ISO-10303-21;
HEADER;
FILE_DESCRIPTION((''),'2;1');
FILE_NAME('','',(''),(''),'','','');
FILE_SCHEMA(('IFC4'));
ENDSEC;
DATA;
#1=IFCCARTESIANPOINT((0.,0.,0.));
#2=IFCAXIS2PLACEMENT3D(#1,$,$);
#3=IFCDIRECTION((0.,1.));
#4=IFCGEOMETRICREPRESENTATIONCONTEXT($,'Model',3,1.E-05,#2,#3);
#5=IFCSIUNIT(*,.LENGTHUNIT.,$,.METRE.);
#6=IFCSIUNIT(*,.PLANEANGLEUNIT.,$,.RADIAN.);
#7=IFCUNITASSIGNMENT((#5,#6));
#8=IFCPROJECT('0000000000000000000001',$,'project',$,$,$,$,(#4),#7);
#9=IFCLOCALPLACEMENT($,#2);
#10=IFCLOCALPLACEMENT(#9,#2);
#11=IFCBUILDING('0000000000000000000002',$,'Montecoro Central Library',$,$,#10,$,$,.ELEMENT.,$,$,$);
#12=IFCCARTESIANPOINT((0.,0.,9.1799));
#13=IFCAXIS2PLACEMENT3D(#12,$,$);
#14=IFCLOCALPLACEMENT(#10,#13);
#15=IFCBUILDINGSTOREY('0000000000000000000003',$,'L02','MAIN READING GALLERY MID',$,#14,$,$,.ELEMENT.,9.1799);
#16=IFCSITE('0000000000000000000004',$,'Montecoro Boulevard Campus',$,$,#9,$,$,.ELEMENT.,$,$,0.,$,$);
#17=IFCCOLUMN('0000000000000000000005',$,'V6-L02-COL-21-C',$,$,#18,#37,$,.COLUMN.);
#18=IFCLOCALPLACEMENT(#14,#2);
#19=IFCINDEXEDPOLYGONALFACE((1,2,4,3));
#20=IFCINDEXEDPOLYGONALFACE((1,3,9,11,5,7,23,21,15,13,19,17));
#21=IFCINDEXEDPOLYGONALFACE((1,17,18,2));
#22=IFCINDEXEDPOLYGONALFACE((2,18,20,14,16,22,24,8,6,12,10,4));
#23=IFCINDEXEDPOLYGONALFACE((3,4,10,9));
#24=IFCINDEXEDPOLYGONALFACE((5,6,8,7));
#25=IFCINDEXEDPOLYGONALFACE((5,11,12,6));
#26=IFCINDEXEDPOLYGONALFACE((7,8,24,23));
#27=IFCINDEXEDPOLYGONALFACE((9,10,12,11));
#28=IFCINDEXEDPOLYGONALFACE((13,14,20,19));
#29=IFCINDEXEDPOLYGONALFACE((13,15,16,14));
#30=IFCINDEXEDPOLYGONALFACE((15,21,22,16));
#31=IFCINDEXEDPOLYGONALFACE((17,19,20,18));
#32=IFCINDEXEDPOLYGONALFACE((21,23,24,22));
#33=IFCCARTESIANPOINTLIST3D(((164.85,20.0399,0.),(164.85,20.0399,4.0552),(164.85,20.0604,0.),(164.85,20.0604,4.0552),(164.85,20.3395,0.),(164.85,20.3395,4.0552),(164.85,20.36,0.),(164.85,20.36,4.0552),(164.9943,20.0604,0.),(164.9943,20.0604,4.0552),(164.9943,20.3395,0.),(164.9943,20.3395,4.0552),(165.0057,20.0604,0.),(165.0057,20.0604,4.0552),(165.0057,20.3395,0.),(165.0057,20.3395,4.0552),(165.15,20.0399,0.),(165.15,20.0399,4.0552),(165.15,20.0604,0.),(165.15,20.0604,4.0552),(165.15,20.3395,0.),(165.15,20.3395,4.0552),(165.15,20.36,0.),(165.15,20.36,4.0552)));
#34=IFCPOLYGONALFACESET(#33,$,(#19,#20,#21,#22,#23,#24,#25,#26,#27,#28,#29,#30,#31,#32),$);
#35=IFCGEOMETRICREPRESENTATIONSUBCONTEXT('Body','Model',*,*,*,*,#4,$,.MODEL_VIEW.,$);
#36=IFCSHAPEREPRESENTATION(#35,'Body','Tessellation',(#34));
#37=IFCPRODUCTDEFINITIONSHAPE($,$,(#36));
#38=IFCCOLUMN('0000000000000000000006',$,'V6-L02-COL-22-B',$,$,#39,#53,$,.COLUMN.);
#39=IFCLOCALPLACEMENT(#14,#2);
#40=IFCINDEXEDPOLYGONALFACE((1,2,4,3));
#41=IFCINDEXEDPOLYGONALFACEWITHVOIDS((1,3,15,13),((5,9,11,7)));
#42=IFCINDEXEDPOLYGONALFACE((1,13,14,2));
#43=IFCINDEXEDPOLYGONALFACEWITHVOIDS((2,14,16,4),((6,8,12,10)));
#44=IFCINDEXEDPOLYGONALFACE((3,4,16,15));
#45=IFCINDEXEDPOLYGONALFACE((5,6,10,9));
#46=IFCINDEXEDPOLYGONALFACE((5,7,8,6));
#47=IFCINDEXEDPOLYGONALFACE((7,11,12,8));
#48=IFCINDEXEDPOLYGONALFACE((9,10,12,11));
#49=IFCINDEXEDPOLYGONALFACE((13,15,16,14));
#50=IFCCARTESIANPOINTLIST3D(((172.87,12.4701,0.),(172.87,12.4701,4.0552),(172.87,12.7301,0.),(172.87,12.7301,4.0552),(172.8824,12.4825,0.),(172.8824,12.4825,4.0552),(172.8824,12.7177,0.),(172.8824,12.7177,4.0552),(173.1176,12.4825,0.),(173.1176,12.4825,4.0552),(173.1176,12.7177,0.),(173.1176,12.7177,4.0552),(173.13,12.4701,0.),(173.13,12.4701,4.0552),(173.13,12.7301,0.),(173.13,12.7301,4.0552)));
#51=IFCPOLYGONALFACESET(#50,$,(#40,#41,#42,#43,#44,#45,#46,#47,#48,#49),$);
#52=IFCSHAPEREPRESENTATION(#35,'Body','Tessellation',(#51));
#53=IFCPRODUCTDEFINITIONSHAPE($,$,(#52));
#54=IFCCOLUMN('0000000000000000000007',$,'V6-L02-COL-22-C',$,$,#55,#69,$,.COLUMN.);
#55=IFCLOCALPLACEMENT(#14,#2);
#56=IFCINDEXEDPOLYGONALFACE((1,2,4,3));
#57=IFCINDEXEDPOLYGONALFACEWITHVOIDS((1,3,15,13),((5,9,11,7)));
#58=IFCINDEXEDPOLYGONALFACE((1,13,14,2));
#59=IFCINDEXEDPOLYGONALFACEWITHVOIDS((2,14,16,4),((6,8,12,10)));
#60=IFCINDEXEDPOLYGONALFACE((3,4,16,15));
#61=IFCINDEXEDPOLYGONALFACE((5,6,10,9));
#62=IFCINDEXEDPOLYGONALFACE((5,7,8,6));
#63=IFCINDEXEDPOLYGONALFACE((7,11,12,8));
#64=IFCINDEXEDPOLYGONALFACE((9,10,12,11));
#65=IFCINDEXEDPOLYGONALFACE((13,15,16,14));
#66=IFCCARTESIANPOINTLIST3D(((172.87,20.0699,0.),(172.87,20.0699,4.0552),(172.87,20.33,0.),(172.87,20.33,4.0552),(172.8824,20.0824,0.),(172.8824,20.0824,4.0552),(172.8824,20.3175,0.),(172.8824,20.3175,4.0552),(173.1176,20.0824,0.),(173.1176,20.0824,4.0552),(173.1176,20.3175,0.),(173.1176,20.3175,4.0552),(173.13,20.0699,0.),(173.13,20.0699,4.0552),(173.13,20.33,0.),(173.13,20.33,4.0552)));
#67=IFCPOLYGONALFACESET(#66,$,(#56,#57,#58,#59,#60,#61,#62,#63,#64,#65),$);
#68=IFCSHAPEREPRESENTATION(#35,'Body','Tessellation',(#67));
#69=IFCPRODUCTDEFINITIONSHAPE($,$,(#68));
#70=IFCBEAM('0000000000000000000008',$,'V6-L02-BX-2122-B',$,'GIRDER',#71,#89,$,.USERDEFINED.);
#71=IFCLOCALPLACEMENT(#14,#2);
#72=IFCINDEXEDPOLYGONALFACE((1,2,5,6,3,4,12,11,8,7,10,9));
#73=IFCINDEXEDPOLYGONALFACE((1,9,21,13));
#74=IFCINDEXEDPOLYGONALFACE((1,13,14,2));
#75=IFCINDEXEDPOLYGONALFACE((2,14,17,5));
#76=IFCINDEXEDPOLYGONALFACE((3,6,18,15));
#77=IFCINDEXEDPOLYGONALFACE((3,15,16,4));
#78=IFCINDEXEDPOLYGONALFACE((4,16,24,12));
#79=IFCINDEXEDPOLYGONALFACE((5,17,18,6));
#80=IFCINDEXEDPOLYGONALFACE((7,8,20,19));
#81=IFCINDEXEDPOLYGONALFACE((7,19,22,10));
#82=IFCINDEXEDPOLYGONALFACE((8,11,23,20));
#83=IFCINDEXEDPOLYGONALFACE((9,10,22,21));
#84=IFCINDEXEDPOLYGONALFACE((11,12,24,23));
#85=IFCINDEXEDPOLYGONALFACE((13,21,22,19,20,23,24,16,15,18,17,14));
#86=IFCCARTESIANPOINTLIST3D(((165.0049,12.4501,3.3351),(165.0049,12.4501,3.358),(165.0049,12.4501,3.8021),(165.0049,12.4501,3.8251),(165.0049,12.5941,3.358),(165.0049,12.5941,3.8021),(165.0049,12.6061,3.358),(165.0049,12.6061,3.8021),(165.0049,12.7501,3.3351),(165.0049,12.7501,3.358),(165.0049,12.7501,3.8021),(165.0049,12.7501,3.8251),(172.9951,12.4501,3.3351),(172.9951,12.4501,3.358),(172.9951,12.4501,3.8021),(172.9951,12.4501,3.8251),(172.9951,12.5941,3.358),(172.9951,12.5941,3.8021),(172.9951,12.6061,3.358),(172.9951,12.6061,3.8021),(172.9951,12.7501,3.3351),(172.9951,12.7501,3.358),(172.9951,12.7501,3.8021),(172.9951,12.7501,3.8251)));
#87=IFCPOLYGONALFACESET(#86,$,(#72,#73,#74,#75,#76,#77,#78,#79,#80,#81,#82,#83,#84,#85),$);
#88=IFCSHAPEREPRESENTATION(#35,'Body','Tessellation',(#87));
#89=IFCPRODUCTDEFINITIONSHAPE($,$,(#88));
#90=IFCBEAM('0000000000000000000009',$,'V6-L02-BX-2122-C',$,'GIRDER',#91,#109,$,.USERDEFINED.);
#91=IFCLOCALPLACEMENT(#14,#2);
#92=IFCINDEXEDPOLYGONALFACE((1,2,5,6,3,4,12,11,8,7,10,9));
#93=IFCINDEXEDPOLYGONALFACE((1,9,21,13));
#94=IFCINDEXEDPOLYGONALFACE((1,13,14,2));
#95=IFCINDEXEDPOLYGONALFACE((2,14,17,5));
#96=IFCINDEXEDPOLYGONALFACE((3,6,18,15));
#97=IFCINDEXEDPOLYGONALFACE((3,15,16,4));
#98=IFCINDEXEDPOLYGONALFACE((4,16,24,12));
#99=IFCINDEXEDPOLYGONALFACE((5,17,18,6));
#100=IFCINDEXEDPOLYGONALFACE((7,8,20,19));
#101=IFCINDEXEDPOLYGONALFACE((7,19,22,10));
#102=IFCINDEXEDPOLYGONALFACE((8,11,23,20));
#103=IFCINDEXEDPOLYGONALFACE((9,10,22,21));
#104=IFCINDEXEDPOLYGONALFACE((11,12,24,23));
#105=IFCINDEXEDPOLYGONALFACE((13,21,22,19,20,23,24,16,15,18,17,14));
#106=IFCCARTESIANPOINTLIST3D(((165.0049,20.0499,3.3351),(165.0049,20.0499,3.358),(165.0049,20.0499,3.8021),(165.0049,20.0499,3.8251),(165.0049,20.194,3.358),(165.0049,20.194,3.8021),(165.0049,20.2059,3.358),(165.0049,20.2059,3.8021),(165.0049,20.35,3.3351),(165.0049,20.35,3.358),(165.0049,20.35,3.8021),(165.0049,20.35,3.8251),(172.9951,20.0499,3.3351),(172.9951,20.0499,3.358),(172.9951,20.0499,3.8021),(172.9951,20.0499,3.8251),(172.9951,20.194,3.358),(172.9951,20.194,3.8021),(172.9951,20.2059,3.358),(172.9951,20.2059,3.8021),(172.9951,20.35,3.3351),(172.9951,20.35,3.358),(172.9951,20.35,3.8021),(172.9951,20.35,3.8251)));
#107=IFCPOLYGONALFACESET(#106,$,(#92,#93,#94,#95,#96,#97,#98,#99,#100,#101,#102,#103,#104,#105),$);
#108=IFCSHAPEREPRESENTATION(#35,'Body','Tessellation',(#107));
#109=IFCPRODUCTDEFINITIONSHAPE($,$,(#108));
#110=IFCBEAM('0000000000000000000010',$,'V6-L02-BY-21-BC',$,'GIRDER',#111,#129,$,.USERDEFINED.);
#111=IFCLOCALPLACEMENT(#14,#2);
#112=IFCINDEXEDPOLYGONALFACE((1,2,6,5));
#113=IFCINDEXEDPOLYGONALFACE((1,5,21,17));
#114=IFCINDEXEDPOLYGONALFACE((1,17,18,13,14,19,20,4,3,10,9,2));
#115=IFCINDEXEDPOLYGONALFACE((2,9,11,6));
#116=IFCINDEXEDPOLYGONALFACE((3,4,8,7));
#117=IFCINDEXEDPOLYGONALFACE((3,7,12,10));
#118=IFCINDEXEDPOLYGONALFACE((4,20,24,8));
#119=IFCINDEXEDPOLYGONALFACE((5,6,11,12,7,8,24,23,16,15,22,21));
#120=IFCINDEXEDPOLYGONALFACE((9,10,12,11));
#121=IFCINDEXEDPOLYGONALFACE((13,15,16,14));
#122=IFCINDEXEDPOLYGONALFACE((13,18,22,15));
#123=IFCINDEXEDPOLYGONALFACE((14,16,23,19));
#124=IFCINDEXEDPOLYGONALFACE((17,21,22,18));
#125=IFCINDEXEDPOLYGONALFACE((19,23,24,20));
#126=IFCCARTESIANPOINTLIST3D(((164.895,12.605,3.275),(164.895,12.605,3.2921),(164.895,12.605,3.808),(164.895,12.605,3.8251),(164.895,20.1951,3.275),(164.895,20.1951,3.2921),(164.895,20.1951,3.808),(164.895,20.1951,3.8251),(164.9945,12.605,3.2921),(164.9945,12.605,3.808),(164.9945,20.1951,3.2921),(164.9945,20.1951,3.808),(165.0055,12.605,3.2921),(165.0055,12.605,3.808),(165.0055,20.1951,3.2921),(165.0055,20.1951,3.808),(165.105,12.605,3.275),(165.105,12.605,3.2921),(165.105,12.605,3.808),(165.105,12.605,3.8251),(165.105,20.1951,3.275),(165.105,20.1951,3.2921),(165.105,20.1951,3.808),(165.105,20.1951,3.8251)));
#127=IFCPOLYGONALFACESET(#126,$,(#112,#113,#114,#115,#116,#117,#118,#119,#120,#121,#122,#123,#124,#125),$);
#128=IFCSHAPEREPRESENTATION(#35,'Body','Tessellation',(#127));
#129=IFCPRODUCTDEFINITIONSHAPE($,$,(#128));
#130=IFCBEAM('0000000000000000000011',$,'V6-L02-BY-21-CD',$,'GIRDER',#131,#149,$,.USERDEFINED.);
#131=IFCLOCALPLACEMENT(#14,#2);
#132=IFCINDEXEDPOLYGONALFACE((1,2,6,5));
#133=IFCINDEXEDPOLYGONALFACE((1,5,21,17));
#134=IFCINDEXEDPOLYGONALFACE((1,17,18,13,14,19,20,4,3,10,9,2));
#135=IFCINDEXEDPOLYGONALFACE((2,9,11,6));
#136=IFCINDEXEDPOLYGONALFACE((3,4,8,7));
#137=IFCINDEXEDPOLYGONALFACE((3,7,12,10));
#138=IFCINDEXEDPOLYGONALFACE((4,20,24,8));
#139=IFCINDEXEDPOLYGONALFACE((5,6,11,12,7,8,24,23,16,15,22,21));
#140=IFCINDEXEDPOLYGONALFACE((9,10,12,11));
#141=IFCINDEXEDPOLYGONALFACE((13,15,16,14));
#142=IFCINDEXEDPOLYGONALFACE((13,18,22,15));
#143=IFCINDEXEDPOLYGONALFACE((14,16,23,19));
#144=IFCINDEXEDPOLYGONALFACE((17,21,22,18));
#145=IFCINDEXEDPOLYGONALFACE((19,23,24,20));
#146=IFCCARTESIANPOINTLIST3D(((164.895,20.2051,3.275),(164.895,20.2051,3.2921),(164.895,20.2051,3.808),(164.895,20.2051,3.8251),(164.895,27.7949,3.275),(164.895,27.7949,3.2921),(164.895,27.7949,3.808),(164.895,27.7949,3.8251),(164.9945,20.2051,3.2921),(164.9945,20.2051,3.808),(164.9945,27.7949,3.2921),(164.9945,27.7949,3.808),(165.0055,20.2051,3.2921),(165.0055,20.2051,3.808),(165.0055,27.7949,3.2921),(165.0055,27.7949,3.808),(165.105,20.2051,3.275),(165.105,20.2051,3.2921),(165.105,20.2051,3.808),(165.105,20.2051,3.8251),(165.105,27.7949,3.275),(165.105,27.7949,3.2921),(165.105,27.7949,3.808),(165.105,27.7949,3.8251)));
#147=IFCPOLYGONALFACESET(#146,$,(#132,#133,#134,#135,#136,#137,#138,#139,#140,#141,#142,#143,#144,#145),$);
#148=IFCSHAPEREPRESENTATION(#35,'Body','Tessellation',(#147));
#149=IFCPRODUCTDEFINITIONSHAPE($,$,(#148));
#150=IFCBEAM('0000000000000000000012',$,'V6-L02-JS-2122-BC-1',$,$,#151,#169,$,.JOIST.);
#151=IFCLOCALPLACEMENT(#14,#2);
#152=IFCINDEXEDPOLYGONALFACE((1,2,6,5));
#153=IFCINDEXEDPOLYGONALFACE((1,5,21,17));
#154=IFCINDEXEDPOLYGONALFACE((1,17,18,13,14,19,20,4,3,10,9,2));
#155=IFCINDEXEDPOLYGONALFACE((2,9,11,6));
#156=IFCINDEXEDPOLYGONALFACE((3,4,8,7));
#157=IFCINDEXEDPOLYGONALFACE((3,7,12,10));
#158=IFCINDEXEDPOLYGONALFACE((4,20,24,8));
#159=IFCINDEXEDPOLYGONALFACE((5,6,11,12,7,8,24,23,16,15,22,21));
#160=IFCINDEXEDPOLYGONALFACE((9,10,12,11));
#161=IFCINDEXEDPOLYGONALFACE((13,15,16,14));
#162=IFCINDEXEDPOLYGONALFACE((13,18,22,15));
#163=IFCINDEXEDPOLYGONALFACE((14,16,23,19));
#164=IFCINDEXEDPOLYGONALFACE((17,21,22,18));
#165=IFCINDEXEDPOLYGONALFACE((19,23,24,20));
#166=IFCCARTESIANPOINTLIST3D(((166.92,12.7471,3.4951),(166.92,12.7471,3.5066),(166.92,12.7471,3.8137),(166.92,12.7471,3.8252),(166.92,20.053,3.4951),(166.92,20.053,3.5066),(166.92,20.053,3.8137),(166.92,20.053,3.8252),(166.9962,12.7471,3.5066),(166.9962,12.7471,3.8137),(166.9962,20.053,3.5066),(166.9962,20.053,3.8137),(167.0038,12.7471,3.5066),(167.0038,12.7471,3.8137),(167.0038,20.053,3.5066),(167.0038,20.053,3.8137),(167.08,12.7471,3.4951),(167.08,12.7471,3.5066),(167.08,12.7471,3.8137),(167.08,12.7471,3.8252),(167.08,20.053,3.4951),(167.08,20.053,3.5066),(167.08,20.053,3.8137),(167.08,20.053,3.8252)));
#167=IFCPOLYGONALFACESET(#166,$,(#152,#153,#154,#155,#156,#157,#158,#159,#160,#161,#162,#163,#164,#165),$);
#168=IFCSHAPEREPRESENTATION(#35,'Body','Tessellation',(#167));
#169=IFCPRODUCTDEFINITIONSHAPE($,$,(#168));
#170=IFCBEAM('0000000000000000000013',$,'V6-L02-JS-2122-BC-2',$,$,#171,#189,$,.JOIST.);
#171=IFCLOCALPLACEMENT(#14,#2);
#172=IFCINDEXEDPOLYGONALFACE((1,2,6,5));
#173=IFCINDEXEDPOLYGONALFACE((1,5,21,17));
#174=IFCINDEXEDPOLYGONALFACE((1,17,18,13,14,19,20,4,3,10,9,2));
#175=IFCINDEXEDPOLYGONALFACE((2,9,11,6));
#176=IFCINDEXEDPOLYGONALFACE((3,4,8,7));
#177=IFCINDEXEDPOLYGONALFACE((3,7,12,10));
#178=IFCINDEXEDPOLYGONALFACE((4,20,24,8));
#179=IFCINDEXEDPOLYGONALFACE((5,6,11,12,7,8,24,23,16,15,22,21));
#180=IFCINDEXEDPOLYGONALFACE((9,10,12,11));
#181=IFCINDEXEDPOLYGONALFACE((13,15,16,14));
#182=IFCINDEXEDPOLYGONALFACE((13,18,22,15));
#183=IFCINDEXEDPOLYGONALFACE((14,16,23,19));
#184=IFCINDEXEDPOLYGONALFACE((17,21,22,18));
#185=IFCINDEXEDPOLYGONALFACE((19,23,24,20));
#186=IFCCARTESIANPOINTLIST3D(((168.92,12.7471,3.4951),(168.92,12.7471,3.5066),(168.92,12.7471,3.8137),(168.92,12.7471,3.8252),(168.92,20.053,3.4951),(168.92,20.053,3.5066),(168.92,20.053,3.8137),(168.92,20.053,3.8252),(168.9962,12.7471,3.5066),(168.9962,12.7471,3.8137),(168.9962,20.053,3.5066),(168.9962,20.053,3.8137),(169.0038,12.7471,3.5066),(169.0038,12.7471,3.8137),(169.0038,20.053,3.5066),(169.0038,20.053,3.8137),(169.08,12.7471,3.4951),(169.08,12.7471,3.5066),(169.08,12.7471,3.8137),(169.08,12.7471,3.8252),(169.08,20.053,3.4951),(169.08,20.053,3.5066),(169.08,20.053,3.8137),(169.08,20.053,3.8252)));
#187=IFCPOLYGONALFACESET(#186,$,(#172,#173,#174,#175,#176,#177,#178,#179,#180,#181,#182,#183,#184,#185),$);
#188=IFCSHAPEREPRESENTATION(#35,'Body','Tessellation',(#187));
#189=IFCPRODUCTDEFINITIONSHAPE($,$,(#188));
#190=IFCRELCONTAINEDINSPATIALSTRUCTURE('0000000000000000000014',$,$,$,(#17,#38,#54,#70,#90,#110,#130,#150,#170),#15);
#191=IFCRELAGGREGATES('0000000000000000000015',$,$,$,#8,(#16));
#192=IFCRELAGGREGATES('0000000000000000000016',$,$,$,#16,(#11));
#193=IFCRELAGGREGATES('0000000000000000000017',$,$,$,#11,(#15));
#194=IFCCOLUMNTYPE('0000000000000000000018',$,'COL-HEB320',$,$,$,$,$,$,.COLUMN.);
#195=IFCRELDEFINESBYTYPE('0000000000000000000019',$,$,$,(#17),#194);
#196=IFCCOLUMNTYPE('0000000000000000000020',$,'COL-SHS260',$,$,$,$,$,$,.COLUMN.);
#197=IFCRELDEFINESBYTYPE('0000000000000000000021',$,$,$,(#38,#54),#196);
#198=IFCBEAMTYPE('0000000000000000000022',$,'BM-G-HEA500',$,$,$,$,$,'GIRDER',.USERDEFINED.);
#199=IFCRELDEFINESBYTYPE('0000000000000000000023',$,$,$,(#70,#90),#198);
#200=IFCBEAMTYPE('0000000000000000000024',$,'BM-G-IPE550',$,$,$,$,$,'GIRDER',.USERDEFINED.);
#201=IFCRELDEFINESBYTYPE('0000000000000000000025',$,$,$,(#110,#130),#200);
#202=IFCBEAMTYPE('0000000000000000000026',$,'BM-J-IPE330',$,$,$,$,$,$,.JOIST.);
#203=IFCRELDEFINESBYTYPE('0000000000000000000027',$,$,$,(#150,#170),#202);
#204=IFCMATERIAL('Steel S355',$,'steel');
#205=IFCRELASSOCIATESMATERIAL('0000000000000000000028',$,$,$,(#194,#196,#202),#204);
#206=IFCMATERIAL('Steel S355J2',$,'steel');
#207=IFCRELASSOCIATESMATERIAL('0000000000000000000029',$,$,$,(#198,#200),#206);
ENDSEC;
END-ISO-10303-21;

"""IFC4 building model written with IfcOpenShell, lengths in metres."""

from ifc_helpers import new_model, si_unit, direction, frame, origin, origin_2d, place, context, subcontext, project, spatial, hollow_rectangle, i_section, extrude, material, material_profile, profile_set, type_object, element, save


model = new_model("IFC4")

# Units and contexts
model_context = context("Model", 3, precision=1e-05, world=origin(), true_north=direction((0.0, 1.0)))
body_context = subcontext(model_context, "Body", "Model", "MODEL_VIEW")
ifc_project = project(units=[si_unit("LENGTHUNIT", "METRE"), si_unit("PLANEANGLEUNIT", "RADIAN")], contexts=[model_context])

# Site, building, storey
site_placement = place(None, origin())
site = spatial("IfcSite", under=ifc_project, at=site_placement, Name="Montecoro Boulevard Campus", CompositionType="ELEMENT", RefElevation=0.0)
building_placement = place(site_placement, origin())
building = spatial("IfcBuilding", under=site, at=building_placement, Name="Montecoro Central Library", CompositionType="ELEMENT")
storey_placement = place(building_placement, frame((0.0, 0.0, 9.1799)))
storey = spatial("IfcBuildingStorey", under=building, at=storey_placement, Name="L02", Description="MAIN READING GALLERY MID", CompositionType="ELEMENT", Elevation=9.1799)

# Columns
ifc_material_1 = material(Name="Steel S355", Category="steel")
ifc_material_profile_1 = material_profile(ifc_material_1, i_section(OverallWidth=0.3, OverallDepth=0.3201, WebThickness=0.0115, FlangeThickness=0.0205, at=origin_2d()), Name="HEB 320")
ifc_profile_set_1 = profile_set([ifc_material_profile_1], Name="Steel S355")
column_type_1 = type_object("IfcColumnType", Name="COL-HEB320", PredefinedType="COLUMN", material=ifc_profile_set_1)
column_placement = place(storey_placement, frame((165.0, 20.2, 0.0), z_axis=(0.0, 0.0, 1.0), x_axis=(1.0, 0.0, 0.0)))
element("IfcColumn", 1, at=column_placement, inside=storey, type_object=column_type_1, Name="V6-L02-COL-21-C", PredefinedType="COLUMN", context=body_context, shape_type="SweptSolid", body=[
    extrude(i_section(OverallWidth=0.3, OverallDepth=0.3201, WebThickness=0.0115, FlangeThickness=0.0205, at=origin_2d()), origin(), (0.0, 0.0, 1.0), 4.0552),
])
ifc_material_profile_2 = material_profile(ifc_material_1, hollow_rectangle(XDim=0.26, YDim=0.26, WallThickness=0.0125, at=origin_2d()), Name="SHS 260x260x12.5")
ifc_profile_set_2 = profile_set([ifc_material_profile_2], Name="Steel S355")
column_type_2 = type_object("IfcColumnType", Name="COL-SHS260", PredefinedType="COLUMN", material=ifc_profile_set_2)
for number, where, z_axis, x_axis, name in (
    (2, (173.0, 12.6001, 0.0), (0.0, 0.0, 1.0), (1.0, 0.0, 0.0), "V6-L02-COL-22-B"),
    (3, (173.0, 20.2, 0.0), (0.0, 0.0, 1.0), (1.0, 0.0, 0.0), "V6-L02-COL-22-C"),
):
    element("IfcColumn", number, at=place(storey_placement, frame(where, z_axis=z_axis, x_axis=x_axis)), inside=storey, type_object=column_type_2, Name=name, PredefinedType="COLUMN", context=body_context, shape_type="SweptSolid", body=[
        extrude(hollow_rectangle(XDim=0.26, YDim=0.26, WallThickness=0.0125, at=origin_2d()), origin(), (0.0, 0.0, 1.0), 4.0552),
    ])

# Beams
ifc_material_2 = material(Name="Steel S355J2", Category="steel")
ifc_material_profile_3 = material_profile(ifc_material_2, i_section(OverallWidth=0.3, OverallDepth=0.49, WebThickness=0.012, FlangeThickness=0.0229, at=origin_2d()), Name="HEA 500")
ifc_profile_set_3 = profile_set([ifc_material_profile_3], Name="Steel S355J2")
beam_type_1 = type_object("IfcBeamType", Name="BM-G-HEA500", ElementType="GIRDER", PredefinedType="USERDEFINED", material=ifc_profile_set_3)
for number, where, z_axis, x_axis, name in (
    (4, (165.0049, 12.6001, 3.5801), (1.0, 0.0, 0.0), (0.0, 1.0, 0.0), "V6-L02-BX-2122-B"),
    (5, (165.0049, 20.2, 3.5801), (1.0, 0.0, 0.0), (0.0, 1.0, 0.0), "V6-L02-BX-2122-C"),
):
    element("IfcBeam", number, at=place(storey_placement, frame(where, z_axis=z_axis, x_axis=x_axis)), inside=storey, type_object=beam_type_1, Name=name, ObjectType="GIRDER", PredefinedType="USERDEFINED", context=body_context, shape_type="SweptSolid", body=[
        extrude(i_section(OverallWidth=0.3, OverallDepth=0.49, WebThickness=0.012, FlangeThickness=0.0229, at=origin_2d()), origin(), (0.0, 0.0, 1.0), 7.9902),
    ])
ifc_material_profile_4 = material_profile(ifc_material_2, i_section(OverallWidth=0.21, OverallDepth=0.55, WebThickness=0.011, FlangeThickness=0.0171, at=origin_2d()), Name="IPE 550")
ifc_profile_set_4 = profile_set([ifc_material_profile_4], Name="Steel S355J2")
beam_type_2 = type_object("IfcBeamType", Name="BM-G-IPE550", ElementType="GIRDER", PredefinedType="USERDEFINED", material=ifc_profile_set_4)
beam_1_placement = place(storey_placement, frame((165.0, 12.605, 3.55), z_axis=(0.0, 1.0, 0.0), x_axis=(-1.0, 0.0, 0.0)))
element("IfcBeam", 6, at=beam_1_placement, inside=storey, type_object=beam_type_2, Name="V6-L02-BY-21-BC", ObjectType="GIRDER", PredefinedType="USERDEFINED", context=body_context, shape_type="SweptSolid", body=[
    extrude(i_section(OverallWidth=0.21, OverallDepth=0.55, WebThickness=0.011, FlangeThickness=0.0171, at=origin_2d()), origin(), (0.0, 0.0, 1.0), 7.5901),
])
beam_2_placement = place(storey_placement, frame((165.0, 20.2051, 3.55), z_axis=(0.0, 1.0, 0.0), x_axis=(-1.0, 0.0, 0.0)))
element("IfcBeam", 7, at=beam_2_placement, inside=storey, type_object=beam_type_2, Name="V6-L02-BY-21-CD", ObjectType="GIRDER", PredefinedType="USERDEFINED", context=body_context, shape_type="SweptSolid", body=[
    extrude(i_section(OverallWidth=0.21, OverallDepth=0.55, WebThickness=0.011, FlangeThickness=0.0171, at=origin_2d()), origin(), (0.0, 0.0, 1.0), 7.5898),
])
ifc_material_profile_5 = material_profile(ifc_material_1, i_section(OverallWidth=0.1599, OverallDepth=0.3301, WebThickness=0.0076, FlangeThickness=0.0115, at=origin_2d()), Name="IPE 330")
ifc_profile_set_5 = profile_set([ifc_material_profile_5], Name="Steel S355")
beam_type_3 = type_object("IfcBeamType", Name="BM-J-IPE330", PredefinedType="JOIST", material=ifc_profile_set_5)
for number, where, z_axis, x_axis, name in (
    (8, (167.0, 12.7471, 3.6602), (0.0, 1.0, 0.0), (-1.0, 0.0, 0.0), "V6-L02-JS-2122-BC-1"),
    (9, (169.0, 12.7471, 3.6602), (0.0, 1.0, 0.0), (-1.0, 0.0, 0.0), "V6-L02-JS-2122-BC-2"),
):
    element("IfcBeam", number, at=place(storey_placement, frame(where, z_axis=z_axis, x_axis=x_axis)), inside=storey, type_object=beam_type_3, Name=name, PredefinedType="JOIST", context=body_context, shape_type="SweptSolid", body=[
        extrude(i_section(OverallWidth=0.1599, OverallDepth=0.3301, WebThickness=0.0076, FlangeThickness=0.0115, at=origin_2d()), origin(), (0.0, 0.0, 1.0), 7.3059),
    ])

save(model, "model.ifc")
